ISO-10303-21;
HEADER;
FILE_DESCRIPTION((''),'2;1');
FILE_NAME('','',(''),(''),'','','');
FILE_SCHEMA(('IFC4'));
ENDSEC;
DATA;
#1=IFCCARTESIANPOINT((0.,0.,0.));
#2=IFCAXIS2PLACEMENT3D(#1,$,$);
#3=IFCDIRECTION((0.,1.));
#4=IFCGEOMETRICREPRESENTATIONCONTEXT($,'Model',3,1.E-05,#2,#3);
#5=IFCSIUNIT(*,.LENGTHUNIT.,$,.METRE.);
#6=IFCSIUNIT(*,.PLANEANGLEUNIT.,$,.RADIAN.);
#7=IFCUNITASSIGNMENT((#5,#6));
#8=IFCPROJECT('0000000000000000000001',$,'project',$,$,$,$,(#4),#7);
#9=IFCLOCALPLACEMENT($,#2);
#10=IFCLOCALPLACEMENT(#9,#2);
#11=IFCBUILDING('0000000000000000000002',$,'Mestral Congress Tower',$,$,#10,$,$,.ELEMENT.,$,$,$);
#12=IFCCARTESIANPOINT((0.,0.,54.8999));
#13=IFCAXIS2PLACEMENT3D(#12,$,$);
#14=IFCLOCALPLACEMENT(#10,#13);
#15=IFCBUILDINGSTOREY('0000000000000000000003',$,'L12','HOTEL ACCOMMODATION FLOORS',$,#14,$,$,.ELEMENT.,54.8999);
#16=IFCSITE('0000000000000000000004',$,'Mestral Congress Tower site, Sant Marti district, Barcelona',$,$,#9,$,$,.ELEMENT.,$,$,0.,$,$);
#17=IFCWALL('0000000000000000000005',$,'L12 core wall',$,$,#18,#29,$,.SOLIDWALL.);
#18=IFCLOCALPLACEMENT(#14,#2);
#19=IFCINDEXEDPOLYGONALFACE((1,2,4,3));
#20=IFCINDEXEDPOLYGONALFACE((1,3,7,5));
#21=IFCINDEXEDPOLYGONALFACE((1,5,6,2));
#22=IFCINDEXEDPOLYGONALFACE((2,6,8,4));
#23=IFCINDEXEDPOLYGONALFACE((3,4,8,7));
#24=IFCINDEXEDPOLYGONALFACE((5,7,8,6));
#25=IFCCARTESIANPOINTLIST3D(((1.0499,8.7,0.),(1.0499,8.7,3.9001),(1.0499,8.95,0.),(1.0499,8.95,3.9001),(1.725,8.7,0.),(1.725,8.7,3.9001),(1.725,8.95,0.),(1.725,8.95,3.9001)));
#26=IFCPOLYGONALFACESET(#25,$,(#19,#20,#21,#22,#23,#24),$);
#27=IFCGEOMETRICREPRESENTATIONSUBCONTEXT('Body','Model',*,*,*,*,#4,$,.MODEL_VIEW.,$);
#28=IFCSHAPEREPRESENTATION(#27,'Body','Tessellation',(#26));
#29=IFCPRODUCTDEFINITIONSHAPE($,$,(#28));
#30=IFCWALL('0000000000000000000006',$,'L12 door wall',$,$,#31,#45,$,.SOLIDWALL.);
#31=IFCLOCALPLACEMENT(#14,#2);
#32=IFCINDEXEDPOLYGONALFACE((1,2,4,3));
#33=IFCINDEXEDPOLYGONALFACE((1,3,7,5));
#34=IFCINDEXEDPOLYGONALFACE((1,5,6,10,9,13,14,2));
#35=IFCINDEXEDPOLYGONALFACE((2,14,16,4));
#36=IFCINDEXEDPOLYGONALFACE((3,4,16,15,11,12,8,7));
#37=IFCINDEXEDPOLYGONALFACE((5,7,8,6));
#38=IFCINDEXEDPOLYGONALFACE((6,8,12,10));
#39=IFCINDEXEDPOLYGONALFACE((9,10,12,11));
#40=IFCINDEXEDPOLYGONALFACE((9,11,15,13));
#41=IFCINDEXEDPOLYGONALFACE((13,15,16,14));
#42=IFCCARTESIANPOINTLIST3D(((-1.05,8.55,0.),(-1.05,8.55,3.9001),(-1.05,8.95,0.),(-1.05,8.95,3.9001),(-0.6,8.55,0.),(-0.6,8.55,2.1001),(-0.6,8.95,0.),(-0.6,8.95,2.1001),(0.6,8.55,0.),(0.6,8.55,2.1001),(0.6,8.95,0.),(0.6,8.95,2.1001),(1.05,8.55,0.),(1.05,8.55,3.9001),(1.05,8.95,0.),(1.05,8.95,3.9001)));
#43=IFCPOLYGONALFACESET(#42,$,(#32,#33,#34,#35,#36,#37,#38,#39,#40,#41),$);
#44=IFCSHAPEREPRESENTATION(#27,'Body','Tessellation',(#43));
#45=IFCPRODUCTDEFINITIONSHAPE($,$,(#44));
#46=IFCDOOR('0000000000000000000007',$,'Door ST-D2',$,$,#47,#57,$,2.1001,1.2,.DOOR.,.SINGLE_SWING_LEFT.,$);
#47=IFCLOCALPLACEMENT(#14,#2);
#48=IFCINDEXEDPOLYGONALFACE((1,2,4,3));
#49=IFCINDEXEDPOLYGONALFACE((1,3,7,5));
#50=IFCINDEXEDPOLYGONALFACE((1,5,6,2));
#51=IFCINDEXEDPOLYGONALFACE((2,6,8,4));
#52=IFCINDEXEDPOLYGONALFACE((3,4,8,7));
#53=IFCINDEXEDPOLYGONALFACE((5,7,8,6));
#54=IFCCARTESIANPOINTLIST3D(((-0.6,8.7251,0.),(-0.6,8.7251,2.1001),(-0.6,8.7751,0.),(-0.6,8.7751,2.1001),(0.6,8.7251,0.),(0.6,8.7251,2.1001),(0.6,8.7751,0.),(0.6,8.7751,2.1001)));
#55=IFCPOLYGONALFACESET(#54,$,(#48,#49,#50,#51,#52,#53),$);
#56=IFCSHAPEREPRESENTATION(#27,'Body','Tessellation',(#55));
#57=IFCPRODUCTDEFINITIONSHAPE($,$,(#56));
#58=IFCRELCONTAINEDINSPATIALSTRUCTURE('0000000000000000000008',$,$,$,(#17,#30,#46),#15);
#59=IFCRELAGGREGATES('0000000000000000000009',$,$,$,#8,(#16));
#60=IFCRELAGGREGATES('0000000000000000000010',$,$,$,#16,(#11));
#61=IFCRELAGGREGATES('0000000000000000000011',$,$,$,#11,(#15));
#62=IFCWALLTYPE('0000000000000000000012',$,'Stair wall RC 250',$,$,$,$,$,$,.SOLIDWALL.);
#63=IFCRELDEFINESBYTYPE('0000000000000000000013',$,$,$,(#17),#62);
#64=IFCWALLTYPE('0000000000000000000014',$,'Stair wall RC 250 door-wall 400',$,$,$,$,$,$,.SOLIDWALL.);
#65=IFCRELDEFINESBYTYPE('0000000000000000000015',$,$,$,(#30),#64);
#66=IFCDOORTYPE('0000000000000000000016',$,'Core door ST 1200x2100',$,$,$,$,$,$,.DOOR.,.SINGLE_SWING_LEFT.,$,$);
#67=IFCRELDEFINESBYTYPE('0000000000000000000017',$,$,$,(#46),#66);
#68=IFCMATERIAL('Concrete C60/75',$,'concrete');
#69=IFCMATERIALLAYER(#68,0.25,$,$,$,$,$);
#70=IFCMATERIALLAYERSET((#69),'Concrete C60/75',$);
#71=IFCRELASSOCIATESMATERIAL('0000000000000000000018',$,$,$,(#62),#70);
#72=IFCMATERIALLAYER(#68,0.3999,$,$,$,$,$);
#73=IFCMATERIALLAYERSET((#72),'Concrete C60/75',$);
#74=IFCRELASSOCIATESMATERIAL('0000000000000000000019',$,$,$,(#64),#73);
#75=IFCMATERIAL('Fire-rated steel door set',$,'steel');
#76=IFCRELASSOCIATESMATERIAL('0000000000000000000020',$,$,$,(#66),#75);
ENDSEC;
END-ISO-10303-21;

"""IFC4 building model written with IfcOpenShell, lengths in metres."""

from ifc_helpers import new_model, si_unit, direction, frame, frame_2d, origin, place, context, subcontext, project, spatial, rectangle, extrude, material, layer, layer_set, type_object, element, fill, save


model = new_model("IFC4")

# Units and contexts
model_context = context("Model", 3, precision=1e-05, world=origin(), true_north=direction((0.0, 1.0)))
body_context = subcontext(model_context, "Body", "Model", "MODEL_VIEW")
ifc_project = project(units=[si_unit("LENGTHUNIT", "METRE"), si_unit("PLANEANGLEUNIT", "RADIAN")], contexts=[model_context])

# Site, building, storey
site_placement = place(None, origin())
site = spatial("IfcSite", under=ifc_project, at=site_placement, Name="Mestral Congress Tower site, Sant Marti district, Barcelona", CompositionType="ELEMENT", RefElevation=0.0)
building_placement = place(site_placement, origin())
building = spatial("IfcBuilding", under=site, at=building_placement, Name="Mestral Congress Tower", CompositionType="ELEMENT")
storey_placement = place(building_placement, frame((0.0, 0.0, 54.8999)))
storey = spatial("IfcBuildingStorey", under=building, at=storey_placement, Name="L12", Description="HOTEL ACCOMMODATION FLOORS", CompositionType="ELEMENT", Elevation=54.8999)

# Shared definitions
ifc_material_1 = material(Name="Fire-rated steel door set", Category="steel")

# Shared definitions
ifc_material_2 = material(Name="Concrete C60/75", Category="concrete")

# Wall
ifc_layer_1 = layer(ifc_material_2, 0.25)
ifc_layer_set_1 = layer_set([ifc_layer_1], Name="Concrete C60/75")
wall_type_1 = type_object("IfcWallType", Name="Stair wall RC 250", PredefinedType="SOLIDWALL", material=ifc_layer_set_1)
wall_1_placement = place(storey_placement, frame((1.05, 8.825, 0.0), z_axis=(0.0, 0.0, 1.0), x_axis=(1.0, 0.0, 0.0)))
element("IfcWall", 1, at=wall_1_placement, inside=storey, type_object=wall_type_1, Name="L12 core wall", PredefinedType="SOLIDWALL", context=body_context, shape_type="SweptSolid", body=[
    extrude(rectangle(XDim=0.675, YDim=0.25, at=frame_2d((0.3374, 0.0))), origin(), (0.0, 0.0, 1.0), 3.9001),
])

# Wall, opening, door
ifc_layer_2 = layer(ifc_material_2, 0.3999)
ifc_layer_set_2 = layer_set([ifc_layer_2], Name="Concrete C60/75")
wall_type_2 = type_object("IfcWallType", Name="Stair wall RC 250 door-wall 400", PredefinedType="SOLIDWALL", material=ifc_layer_set_2)
wall_2_placement = place(storey_placement, frame((1.05, 8.75, 0.0), z_axis=(0.0, 0.0, 1.0), x_axis=(-1.0, 0.0, 0.0)))
wall_2 = element("IfcWall", 2, at=wall_2_placement, inside=storey, type_object=wall_type_2, Name="L12 door wall", PredefinedType="SOLIDWALL", context=body_context, shape_type="SweptSolid", body=[
    extrude(rectangle(XDim=2.1001, YDim=0.3999, at=frame_2d((1.05, 0.0))), origin(), (0.0, 0.0, 1.0), 3.9001),
])
opening_1_placement = place(wall_2_placement, frame((0.45, 0.0, 0.0)))
opening_1 = element("IfcOpeningElement", 3, at=opening_1_placement, cuts=wall_2, PredefinedType="OPENING", context=body_context, shape_type="SweptSolid", body=[
    extrude(rectangle(XDim=1.2, YDim=2.1001, at=frame_2d((0.6001, 1.05))), frame((0.0, 0.21, 0.0), z_axis=(0.0, -1.0, 0.0), x_axis=(1.0, 0.0, 0.0)), (0.0, 0.0, 1.0), 0.4199),
])
door_type_1 = type_object("IfcDoorType", Name="Core door ST 1200x2100", OperationType="SINGLE_SWING_LEFT", PredefinedType="DOOR", material=ifc_material_1)
door_1_placement = place(opening_1_placement, origin())
door_1 = element("IfcDoor", 4, at=door_1_placement, inside=storey, type_object=door_type_1, Name="Door ST-D2", OperationType="SINGLE_SWING_LEFT", OverallHeight=2.1001, OverallWidth=1.2, PredefinedType="DOOR", context=body_context, shape_type="SweptSolid", body=[
    extrude(rectangle(XDim=1.2, YDim=2.1001, at=frame_2d((0.6001, 1.05))), frame((0.0, 0.0249, 0.0), z_axis=(0.0, -1.0, 0.0), x_axis=(1.0, 0.0, 0.0)), (0.0, 0.0, 1.0), 0.05),
])
fill(opening_1, door_1)

save(model, "model.ifc")
